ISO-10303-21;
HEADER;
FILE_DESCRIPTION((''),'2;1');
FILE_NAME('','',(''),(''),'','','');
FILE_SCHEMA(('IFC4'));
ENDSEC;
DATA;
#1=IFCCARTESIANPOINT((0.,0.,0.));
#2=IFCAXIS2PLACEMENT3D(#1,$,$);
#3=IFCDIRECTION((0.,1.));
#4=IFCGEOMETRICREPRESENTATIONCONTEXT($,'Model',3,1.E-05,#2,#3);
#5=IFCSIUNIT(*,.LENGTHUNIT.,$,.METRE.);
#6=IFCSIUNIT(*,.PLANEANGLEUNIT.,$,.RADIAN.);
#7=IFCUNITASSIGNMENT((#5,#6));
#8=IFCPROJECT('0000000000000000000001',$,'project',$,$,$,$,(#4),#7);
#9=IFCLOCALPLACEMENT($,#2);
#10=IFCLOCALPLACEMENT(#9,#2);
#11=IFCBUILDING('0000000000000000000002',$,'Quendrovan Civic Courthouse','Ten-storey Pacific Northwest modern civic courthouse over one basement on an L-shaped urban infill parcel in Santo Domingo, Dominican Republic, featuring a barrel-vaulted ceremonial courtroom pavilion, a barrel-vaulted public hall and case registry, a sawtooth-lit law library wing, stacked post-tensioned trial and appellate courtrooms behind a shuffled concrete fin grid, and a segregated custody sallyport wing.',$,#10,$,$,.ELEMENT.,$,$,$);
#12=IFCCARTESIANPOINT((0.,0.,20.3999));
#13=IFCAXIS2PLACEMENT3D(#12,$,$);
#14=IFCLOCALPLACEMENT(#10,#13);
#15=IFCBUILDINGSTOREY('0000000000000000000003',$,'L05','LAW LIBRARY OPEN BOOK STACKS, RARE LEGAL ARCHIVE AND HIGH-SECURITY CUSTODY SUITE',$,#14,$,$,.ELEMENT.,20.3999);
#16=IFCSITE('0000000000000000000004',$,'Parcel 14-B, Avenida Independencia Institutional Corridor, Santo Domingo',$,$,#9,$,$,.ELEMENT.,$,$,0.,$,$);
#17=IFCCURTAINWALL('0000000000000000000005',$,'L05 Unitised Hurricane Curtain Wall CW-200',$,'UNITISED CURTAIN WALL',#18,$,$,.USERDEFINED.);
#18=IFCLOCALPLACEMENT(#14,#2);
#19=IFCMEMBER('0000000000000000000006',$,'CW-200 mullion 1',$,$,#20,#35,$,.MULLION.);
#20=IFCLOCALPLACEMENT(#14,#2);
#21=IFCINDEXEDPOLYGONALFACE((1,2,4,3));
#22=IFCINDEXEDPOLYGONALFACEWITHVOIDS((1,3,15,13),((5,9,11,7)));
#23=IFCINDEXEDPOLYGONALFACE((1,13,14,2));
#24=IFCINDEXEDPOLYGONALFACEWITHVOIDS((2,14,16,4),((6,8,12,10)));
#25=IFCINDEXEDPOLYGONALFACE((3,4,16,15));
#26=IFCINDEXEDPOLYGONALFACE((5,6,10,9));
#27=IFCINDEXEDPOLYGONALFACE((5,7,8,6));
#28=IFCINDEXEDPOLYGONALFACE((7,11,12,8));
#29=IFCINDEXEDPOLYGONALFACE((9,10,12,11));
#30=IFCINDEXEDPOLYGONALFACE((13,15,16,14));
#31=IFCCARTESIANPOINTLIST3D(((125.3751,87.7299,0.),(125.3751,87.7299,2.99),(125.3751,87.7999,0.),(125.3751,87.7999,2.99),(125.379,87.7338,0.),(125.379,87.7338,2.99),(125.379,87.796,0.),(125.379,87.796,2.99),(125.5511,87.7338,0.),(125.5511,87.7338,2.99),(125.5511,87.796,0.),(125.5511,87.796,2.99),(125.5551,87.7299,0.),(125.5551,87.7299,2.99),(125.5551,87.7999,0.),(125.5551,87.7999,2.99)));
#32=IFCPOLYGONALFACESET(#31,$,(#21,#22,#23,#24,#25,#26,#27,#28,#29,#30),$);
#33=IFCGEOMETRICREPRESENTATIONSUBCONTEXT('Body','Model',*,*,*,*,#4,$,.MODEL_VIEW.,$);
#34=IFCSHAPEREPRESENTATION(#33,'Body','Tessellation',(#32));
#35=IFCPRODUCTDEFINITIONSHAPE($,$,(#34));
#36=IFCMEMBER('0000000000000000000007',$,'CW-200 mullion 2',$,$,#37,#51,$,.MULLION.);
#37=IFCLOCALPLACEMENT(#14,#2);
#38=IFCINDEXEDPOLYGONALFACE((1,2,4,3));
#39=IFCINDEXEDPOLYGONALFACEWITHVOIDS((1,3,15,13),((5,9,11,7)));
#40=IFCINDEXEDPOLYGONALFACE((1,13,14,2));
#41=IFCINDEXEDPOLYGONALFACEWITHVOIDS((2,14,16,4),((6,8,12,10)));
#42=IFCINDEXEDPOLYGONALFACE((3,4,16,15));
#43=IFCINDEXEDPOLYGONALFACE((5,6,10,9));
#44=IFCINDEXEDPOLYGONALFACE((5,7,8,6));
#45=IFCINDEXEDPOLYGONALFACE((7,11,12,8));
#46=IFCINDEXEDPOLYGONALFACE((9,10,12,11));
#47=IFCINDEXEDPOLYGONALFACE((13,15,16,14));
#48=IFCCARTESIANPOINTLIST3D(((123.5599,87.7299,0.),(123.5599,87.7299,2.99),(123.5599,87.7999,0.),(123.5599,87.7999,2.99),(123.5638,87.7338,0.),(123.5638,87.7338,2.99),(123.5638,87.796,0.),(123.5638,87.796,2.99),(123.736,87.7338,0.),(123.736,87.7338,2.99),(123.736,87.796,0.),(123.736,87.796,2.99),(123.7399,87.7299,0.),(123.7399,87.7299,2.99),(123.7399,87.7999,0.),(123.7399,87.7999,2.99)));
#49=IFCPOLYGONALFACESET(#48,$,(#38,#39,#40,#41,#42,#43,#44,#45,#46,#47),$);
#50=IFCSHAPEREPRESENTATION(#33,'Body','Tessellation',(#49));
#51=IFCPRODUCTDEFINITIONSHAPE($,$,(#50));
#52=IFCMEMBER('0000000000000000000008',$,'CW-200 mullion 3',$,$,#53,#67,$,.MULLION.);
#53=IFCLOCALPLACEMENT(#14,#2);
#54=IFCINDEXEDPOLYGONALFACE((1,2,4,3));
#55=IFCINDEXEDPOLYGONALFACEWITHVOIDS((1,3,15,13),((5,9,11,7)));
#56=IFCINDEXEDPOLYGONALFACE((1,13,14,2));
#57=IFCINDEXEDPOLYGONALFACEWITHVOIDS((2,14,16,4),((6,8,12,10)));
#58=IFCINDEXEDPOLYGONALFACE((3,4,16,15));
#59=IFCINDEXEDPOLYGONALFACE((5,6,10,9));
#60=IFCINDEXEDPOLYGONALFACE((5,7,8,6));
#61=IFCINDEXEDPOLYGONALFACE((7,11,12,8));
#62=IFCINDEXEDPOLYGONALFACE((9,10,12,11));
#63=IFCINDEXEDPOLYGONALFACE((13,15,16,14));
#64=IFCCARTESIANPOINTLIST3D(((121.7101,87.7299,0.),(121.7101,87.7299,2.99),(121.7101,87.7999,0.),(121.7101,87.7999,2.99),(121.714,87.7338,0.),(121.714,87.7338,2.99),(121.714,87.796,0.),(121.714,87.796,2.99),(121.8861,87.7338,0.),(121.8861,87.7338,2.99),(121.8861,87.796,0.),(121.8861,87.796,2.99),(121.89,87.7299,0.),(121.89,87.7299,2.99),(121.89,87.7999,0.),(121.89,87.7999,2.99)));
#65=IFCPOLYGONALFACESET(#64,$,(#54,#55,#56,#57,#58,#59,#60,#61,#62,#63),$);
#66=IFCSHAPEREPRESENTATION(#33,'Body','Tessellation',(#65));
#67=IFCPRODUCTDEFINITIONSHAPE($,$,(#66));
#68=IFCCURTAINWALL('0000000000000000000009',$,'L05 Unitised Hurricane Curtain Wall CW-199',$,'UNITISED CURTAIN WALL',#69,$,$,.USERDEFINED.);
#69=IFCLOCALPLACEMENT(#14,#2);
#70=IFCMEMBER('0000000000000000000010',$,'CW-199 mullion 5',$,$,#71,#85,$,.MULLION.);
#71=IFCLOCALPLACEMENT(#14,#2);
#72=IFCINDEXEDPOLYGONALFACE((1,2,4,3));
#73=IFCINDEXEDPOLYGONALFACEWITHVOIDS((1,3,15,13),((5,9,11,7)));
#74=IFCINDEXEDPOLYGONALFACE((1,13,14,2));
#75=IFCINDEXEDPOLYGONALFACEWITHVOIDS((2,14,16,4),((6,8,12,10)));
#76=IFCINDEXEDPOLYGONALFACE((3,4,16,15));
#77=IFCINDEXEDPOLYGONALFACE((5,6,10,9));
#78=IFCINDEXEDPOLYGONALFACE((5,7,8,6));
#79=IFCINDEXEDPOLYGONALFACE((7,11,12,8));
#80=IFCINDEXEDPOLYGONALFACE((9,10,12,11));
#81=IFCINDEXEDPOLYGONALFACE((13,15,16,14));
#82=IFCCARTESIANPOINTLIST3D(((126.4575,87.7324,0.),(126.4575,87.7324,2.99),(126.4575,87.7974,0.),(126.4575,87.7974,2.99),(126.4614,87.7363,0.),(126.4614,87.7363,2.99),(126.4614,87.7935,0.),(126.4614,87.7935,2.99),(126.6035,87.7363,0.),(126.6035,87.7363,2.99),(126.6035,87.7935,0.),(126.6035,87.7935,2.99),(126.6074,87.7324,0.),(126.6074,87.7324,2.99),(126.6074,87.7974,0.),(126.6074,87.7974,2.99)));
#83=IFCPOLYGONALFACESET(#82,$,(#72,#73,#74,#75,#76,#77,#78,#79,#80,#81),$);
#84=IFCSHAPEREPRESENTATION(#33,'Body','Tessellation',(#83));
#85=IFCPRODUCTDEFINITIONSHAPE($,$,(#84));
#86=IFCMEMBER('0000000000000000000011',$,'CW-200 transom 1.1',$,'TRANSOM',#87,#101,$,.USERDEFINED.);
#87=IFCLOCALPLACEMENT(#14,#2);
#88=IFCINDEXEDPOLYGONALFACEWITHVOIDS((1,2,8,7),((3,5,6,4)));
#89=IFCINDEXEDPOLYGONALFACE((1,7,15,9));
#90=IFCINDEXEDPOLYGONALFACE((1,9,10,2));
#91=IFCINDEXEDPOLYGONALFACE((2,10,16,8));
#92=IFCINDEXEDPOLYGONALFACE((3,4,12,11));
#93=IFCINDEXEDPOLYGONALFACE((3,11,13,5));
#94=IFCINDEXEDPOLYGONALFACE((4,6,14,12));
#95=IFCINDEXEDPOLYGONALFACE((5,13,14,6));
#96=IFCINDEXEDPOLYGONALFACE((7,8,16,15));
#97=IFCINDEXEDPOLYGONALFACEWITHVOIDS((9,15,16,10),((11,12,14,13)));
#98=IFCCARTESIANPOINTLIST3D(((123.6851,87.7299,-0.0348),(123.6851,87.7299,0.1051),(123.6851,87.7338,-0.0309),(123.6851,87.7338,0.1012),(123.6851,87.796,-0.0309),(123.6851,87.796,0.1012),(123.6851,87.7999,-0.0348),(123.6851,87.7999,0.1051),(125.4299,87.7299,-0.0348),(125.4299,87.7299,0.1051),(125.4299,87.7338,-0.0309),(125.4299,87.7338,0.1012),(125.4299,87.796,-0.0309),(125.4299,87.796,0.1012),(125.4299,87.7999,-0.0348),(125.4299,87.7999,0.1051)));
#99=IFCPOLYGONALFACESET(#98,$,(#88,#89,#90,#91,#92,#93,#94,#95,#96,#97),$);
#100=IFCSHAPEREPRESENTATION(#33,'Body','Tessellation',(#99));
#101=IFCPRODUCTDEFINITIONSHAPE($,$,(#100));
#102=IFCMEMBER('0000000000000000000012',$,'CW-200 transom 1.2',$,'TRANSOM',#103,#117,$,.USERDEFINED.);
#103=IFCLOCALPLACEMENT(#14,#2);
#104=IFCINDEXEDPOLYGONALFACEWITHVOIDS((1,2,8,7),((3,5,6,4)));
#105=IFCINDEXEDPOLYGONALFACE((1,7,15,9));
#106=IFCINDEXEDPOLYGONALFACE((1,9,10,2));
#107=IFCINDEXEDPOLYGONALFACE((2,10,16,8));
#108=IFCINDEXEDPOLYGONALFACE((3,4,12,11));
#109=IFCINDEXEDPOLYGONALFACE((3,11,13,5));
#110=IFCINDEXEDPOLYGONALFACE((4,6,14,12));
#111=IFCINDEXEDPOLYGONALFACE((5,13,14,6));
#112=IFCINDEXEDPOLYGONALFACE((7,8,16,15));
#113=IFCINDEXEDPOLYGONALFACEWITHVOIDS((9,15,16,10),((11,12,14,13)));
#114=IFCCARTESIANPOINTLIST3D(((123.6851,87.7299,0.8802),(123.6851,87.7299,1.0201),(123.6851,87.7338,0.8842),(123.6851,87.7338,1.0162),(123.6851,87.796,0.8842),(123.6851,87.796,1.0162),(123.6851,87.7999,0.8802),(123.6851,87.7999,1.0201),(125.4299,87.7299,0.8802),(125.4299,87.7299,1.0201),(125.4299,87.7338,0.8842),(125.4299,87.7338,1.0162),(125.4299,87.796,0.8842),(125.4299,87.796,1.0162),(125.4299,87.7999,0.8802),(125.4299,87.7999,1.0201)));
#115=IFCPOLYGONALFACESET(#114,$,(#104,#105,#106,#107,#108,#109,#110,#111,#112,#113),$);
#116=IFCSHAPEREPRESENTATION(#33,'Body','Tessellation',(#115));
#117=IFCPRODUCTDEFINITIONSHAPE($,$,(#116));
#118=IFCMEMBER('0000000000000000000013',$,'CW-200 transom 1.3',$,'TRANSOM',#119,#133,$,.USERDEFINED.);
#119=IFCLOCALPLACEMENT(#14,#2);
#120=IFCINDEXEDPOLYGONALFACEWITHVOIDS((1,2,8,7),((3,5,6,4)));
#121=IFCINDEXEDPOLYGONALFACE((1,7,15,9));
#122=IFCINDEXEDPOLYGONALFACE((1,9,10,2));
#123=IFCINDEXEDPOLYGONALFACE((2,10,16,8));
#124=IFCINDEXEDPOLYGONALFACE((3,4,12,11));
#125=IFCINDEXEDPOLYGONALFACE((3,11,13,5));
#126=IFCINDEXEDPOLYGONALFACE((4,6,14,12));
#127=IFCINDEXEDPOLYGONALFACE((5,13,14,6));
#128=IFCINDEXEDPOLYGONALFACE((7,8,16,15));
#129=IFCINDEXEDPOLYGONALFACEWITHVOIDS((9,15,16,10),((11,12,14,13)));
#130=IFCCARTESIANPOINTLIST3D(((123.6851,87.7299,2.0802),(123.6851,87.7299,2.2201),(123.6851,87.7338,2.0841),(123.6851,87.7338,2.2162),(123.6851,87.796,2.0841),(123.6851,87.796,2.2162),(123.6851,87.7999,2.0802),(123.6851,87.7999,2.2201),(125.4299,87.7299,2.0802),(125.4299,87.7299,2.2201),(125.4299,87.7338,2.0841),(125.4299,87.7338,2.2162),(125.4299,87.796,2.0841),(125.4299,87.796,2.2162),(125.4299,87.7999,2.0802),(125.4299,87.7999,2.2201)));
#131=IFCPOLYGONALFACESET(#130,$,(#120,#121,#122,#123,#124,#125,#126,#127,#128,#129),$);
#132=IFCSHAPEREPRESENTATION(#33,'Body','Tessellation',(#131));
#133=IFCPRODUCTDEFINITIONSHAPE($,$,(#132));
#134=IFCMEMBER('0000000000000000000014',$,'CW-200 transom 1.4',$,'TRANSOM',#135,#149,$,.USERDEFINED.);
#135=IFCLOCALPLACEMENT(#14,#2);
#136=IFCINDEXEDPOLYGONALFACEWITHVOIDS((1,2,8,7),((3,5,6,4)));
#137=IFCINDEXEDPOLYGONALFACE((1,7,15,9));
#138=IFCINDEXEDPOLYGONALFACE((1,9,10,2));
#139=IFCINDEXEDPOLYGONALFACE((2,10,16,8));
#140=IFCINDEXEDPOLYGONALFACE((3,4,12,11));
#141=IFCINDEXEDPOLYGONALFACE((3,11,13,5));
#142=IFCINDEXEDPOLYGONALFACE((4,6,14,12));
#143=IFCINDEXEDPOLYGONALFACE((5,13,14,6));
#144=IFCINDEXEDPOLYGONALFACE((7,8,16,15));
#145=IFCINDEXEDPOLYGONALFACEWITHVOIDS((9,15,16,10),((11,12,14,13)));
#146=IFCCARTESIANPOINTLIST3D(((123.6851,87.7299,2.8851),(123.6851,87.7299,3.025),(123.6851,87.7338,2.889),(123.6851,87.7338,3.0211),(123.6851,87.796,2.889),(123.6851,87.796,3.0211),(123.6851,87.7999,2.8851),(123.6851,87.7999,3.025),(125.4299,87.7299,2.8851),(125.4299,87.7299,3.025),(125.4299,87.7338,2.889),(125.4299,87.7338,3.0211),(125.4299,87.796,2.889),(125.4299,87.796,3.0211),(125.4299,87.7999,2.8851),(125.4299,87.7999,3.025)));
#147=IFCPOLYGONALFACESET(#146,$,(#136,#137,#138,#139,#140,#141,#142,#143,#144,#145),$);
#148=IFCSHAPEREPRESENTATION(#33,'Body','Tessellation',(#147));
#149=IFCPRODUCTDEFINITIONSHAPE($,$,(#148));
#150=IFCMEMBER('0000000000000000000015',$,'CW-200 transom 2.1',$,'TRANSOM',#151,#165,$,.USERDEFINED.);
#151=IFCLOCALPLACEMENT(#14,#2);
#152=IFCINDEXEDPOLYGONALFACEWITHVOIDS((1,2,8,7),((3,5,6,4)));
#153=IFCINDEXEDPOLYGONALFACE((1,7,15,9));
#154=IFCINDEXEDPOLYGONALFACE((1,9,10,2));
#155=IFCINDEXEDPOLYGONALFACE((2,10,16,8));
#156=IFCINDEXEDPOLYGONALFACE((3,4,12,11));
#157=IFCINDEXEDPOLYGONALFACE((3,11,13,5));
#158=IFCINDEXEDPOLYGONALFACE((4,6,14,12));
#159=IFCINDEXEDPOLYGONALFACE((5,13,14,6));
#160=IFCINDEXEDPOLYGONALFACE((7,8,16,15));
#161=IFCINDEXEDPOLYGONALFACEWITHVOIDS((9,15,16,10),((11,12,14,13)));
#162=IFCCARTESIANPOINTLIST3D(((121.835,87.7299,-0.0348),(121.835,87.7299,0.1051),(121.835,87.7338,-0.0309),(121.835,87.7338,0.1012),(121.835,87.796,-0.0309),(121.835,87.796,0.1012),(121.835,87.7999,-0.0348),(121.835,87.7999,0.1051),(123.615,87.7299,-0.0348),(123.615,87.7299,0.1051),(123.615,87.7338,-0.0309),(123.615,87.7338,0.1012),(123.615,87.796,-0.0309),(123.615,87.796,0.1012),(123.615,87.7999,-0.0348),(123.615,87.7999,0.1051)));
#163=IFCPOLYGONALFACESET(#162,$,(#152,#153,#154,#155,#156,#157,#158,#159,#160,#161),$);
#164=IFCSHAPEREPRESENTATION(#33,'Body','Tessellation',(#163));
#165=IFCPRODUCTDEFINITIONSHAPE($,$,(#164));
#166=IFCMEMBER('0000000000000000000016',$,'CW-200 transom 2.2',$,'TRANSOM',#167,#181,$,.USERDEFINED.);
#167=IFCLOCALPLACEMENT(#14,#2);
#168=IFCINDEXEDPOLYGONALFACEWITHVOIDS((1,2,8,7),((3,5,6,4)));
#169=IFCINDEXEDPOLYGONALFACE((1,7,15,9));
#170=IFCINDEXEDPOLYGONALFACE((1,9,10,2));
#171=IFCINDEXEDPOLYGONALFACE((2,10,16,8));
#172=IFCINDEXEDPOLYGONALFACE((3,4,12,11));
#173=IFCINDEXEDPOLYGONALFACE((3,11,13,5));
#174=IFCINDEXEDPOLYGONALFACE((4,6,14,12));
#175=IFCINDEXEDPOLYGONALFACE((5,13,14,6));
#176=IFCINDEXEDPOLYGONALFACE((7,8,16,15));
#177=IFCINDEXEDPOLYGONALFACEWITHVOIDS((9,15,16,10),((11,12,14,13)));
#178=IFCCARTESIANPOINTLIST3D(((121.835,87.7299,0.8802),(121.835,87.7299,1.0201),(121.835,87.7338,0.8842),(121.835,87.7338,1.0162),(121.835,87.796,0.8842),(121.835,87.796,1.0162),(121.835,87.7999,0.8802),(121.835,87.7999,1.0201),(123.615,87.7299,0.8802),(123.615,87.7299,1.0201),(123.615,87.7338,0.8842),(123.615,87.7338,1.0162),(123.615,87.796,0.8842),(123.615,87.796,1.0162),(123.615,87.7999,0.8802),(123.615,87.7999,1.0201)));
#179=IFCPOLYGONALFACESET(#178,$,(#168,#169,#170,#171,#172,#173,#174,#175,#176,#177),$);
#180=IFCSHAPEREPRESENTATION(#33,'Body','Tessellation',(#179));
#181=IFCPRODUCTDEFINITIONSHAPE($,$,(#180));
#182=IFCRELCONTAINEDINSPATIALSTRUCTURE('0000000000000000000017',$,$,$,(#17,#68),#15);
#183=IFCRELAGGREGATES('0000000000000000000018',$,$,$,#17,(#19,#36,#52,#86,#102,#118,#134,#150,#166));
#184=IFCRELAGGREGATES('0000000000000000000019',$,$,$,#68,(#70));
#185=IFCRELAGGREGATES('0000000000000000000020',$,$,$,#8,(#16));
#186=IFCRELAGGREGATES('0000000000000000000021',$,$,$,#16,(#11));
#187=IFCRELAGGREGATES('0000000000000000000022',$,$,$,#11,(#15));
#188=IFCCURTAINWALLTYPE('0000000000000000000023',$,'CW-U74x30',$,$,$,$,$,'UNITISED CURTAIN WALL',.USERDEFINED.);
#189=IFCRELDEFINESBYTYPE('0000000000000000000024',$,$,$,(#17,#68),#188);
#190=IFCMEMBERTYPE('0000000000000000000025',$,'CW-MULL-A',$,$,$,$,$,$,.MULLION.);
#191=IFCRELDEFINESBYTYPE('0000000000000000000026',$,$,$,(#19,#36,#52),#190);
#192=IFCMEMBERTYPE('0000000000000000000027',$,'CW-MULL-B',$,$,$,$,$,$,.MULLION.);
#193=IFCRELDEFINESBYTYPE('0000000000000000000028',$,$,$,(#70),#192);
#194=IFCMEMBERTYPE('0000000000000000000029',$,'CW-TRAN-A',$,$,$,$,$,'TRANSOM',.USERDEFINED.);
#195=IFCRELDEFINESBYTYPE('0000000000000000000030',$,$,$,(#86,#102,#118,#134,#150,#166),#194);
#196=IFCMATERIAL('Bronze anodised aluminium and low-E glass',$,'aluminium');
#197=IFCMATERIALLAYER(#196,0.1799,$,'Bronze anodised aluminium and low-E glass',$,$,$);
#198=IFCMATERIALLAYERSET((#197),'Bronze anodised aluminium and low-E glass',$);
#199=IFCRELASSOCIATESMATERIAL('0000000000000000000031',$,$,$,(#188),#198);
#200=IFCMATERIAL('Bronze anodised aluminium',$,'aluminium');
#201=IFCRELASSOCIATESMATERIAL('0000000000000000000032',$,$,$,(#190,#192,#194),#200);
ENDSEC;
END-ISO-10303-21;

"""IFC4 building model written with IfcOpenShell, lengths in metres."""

from ifc_helpers import new_model, si_unit, direction, frame, origin, origin_2d, place, context, subcontext, project, spatial, hollow_rectangle, extrude, material, layer, layer_set, material_profile, profile_set, type_object, element, aggregate, save


model = new_model("IFC4")

# Units and contexts
model_context = context("Model", 3, precision=1e-05, world=origin(), true_north=direction((0.0, 1.0)))
body_context = subcontext(model_context, "Body", "Model", "MODEL_VIEW")
ifc_project = project(units=[si_unit("LENGTHUNIT", "METRE"), si_unit("PLANEANGLEUNIT", "RADIAN")], contexts=[model_context])

# Site, building, storey
site_placement = place(None, origin())
site = spatial("IfcSite", under=ifc_project, at=site_placement, Name="Parcel 14-B, Avenida Independencia Institutional Corridor, Santo Domingo", CompositionType="ELEMENT", RefElevation=0.0)
building_placement = place(site_placement, origin())
building = spatial("IfcBuilding", under=site, at=building_placement, Name="Quendrovan Civic Courthouse", Description="Ten-storey Pacific Northwest modern civic courthouse over one basement on an L-shaped urban infill parcel in Santo Domingo, Dominican Republic, featuring a barrel-vaulted ceremonial courtroom pavilion, a barrel-vaulted public hall and case registry, a sawtooth-lit law library wing, stacked post-tensioned trial and appellate courtrooms behind a shuffled concrete fin grid, and a segregated custody sallyport wing.", CompositionType="ELEMENT")
storey_placement = place(building_placement, frame((0.0, 0.0, 20.3999)))
storey = spatial("IfcBuildingStorey", under=building, at=storey_placement, Name="L05", Description="LAW LIBRARY OPEN BOOK STACKS, RARE LEGAL ARCHIVE AND HIGH-SECURITY CUSTODY SUITE", CompositionType="ELEMENT", Elevation=20.3999)

# Curtain wall, members
ifc_material_1 = material(Name="Bronze anodised aluminium and low-E glass", Category="aluminium")
ifc_layer_1 = layer(ifc_material_1, 0.1799, Name="Bronze anodised aluminium and low-E glass")
ifc_layer_set_1 = layer_set([ifc_layer_1], Name="Bronze anodised aluminium and low-E glass")
curtain_wall_type = type_object("IfcCurtainWallType", Name="CW-U74x30", ElementType="UNITISED CURTAIN WALL", PredefinedType="USERDEFINED", material=ifc_layer_set_1)
curtain_wall_1_placement = place(storey_placement, origin())
curtain_wall_1 = element("IfcCurtainWall", 1, at=curtain_wall_1_placement, inside=storey, type_object=curtain_wall_type, Name="L05 Unitised Hurricane Curtain Wall CW-200", ObjectType="UNITISED CURTAIN WALL", PredefinedType="USERDEFINED")
ifc_material_2 = material(Name="Bronze anodised aluminium", Category="aluminium")
ifc_material_profile_1 = material_profile(ifc_material_2, hollow_rectangle(XDim=0.0701, YDim=0.1799, WallThickness=0.0039, at=origin_2d()), Name="CW-MULL-70x180")
ifc_profile_set_1 = profile_set([ifc_material_profile_1], Name="Bronze anodised aluminium")
member_type_1 = type_object("IfcMemberType", Name="CW-MULL-A", PredefinedType="MULLION", material=ifc_profile_set_1)
member_1_placement = place(storey_placement, frame((125.4651, 87.7649, 0.0), z_axis=(0.0, 0.0, 1.0), x_axis=(0.0, -1.0, 0.0)))
member_1 = element("IfcMember", 2, at=member_1_placement, type_object=member_type_1, Name="CW-200 mullion 1", PredefinedType="MULLION", context=body_context, shape_type="SweptSolid", body=[
    extrude(hollow_rectangle(XDim=0.0701, YDim=0.1799, WallThickness=0.0039, at=origin_2d()), origin(), (0.0, 0.0, 1.0), 2.99),
])
member_2_placement = place(storey_placement, frame((123.6499, 87.7649, 0.0), z_axis=(0.0, 0.0, 1.0), x_axis=(0.0, -1.0, 0.0)))
member_2 = element("IfcMember", 3, at=member_2_placement, type_object=member_type_1, Name="CW-200 mullion 2", PredefinedType="MULLION", context=body_context, shape_type="SweptSolid", body=[
    extrude(hollow_rectangle(XDim=0.0701, YDim=0.1799, WallThickness=0.0039, at=origin_2d()), origin(), (0.0, 0.0, 1.0), 2.99),
])
member_3_placement = place(storey_placement, frame((121.8, 87.7649, 0.0), z_axis=(0.0, 0.0, 1.0), x_axis=(0.0, -1.0, 0.0)))
member_3 = element("IfcMember", 4, at=member_3_placement, type_object=member_type_1, Name="CW-200 mullion 3", PredefinedType="MULLION", context=body_context, shape_type="SweptSolid", body=[
    extrude(hollow_rectangle(XDim=0.0701, YDim=0.1799, WallThickness=0.0039, at=origin_2d()), origin(), (0.0, 0.0, 1.0), 2.99),
])

# Curtain wall, member
curtain_wall_2_placement = place(storey_placement, origin())
curtain_wall_2 = element("IfcCurtainWall", 5, at=curtain_wall_2_placement, inside=storey, type_object=curtain_wall_type, Name="L05 Unitised Hurricane Curtain Wall CW-199", ObjectType="UNITISED CURTAIN WALL", PredefinedType="USERDEFINED")
ifc_material_profile_2 = material_profile(ifc_material_2, hollow_rectangle(XDim=0.0649, YDim=0.1499, WallThickness=0.0039, at=origin_2d()), Name="CW-MULL-65x150")
ifc_profile_set_2 = profile_set([ifc_material_profile_2], Name="Bronze anodised aluminium")
member_type_2 = type_object("IfcMemberType", Name="CW-MULL-B", PredefinedType="MULLION", material=ifc_profile_set_2)
member_4_placement = place(storey_placement, frame((126.5325, 87.7649, 0.0), z_axis=(0.0, 0.0, 1.0), x_axis=(0.0, -1.0, 0.0)))
member_4 = element("IfcMember", 6, at=member_4_placement, type_object=member_type_2, Name="CW-199 mullion 5", PredefinedType="MULLION", context=body_context, shape_type="SweptSolid", body=[
    extrude(hollow_rectangle(XDim=0.0649, YDim=0.1499, WallThickness=0.0039, at=origin_2d()), origin(), (0.0, 0.0, 1.0), 2.99),
])

# Members
ifc_material_profile_3 = material_profile(ifc_material_2, hollow_rectangle(XDim=0.0701, YDim=0.1399, WallThickness=0.0039, at=origin_2d()), Name="CW-TRAN-70x140")
ifc_profile_set_3 = profile_set([ifc_material_profile_3], Name="Bronze anodised aluminium")
member_type_3 = type_object("IfcMemberType", Name="CW-TRAN-A", ElementType="TRANSOM", PredefinedType="USERDEFINED", material=ifc_profile_set_3)
member_5_placement = place(storey_placement, frame((125.4299, 87.7649, 0.0352), z_axis=(-1.0, 0.0, 0.0), x_axis=(0.0, -1.0, 0.0)))
member_5 = element("IfcMember", 7, at=member_5_placement, type_object=member_type_3, Name="CW-200 transom 1.1", ObjectType="TRANSOM", PredefinedType="USERDEFINED", context=body_context, shape_type="SweptSolid", body=[
    extrude(hollow_rectangle(XDim=0.0701, YDim=0.1399, WallThickness=0.0039, at=origin_2d()), origin(), (0.0, 0.0, 1.0), 1.7449),
])
member_6_placement = place(storey_placement, frame((125.4299, 87.7649, 0.9502), z_axis=(-1.0, 0.0, 0.0), x_axis=(0.0, -1.0, 0.0)))
member_6 = element("IfcMember", 8, at=member_6_placement, type_object=member_type_3, Name="CW-200 transom 1.2", ObjectType="TRANSOM", PredefinedType="USERDEFINED", context=body_context, shape_type="SweptSolid", body=[
    extrude(hollow_rectangle(XDim=0.0701, YDim=0.1399, WallThickness=0.0039, at=origin_2d()), origin(), (0.0, 0.0, 1.0), 1.7449),
])
member_7_placement = place(storey_placement, frame((125.4299, 87.7649, 2.1501), z_axis=(-1.0, 0.0, 0.0), x_axis=(0.0, -1.0, 0.0)))
member_7 = element("IfcMember", 9, at=member_7_placement, type_object=member_type_3, Name="CW-200 transom 1.3", ObjectType="TRANSOM", PredefinedType="USERDEFINED", context=body_context, shape_type="SweptSolid", body=[
    extrude(hollow_rectangle(XDim=0.0701, YDim=0.1399, WallThickness=0.0039, at=origin_2d()), origin(), (0.0, 0.0, 1.0), 1.7449),
])
member_8_placement = place(storey_placement, frame((125.4299, 87.7649, 2.9551), z_axis=(-1.0, 0.0, 0.0), x_axis=(0.0, -1.0, 0.0)))
member_8 = element("IfcMember", 10, at=member_8_placement, type_object=member_type_3, Name="CW-200 transom 1.4", ObjectType="TRANSOM", PredefinedType="USERDEFINED", context=body_context, shape_type="SweptSolid", body=[
    extrude(hollow_rectangle(XDim=0.0701, YDim=0.1399, WallThickness=0.0039, at=origin_2d()), origin(), (0.0, 0.0, 1.0), 1.7449),
])
member_9_placement = place(storey_placement, frame((123.615, 87.7649, 0.0352), z_axis=(-1.0, 0.0, 0.0), x_axis=(0.0, -1.0, 0.0)))
member_9 = element("IfcMember", 11, at=member_9_placement, type_object=member_type_3, Name="CW-200 transom 2.1", ObjectType="TRANSOM", PredefinedType="USERDEFINED", context=body_context, shape_type="SweptSolid", body=[
    extrude(hollow_rectangle(XDim=0.0701, YDim=0.1399, WallThickness=0.0039, at=origin_2d()), origin(), (0.0, 0.0, 1.0), 1.78),
])
member_10_placement = place(storey_placement, frame((123.615, 87.7649, 0.9502), z_axis=(-1.0, 0.0, 0.0), x_axis=(0.0, -1.0, 0.0)))
member_10 = element("IfcMember", 12, at=member_10_placement, type_object=member_type_3, Name="CW-200 transom 2.2", ObjectType="TRANSOM", PredefinedType="USERDEFINED", context=body_context, shape_type="SweptSolid", body=[
    extrude(hollow_rectangle(XDim=0.0701, YDim=0.1399, WallThickness=0.0039, at=origin_2d()), origin(), (0.0, 0.0, 1.0), 1.78),
])

aggregate(curtain_wall_1, [member_1, member_2, member_3, member_5, member_6, member_7, member_8, member_9, member_10])
aggregate(curtain_wall_2, [member_4])

save(model, "model.ifc")
